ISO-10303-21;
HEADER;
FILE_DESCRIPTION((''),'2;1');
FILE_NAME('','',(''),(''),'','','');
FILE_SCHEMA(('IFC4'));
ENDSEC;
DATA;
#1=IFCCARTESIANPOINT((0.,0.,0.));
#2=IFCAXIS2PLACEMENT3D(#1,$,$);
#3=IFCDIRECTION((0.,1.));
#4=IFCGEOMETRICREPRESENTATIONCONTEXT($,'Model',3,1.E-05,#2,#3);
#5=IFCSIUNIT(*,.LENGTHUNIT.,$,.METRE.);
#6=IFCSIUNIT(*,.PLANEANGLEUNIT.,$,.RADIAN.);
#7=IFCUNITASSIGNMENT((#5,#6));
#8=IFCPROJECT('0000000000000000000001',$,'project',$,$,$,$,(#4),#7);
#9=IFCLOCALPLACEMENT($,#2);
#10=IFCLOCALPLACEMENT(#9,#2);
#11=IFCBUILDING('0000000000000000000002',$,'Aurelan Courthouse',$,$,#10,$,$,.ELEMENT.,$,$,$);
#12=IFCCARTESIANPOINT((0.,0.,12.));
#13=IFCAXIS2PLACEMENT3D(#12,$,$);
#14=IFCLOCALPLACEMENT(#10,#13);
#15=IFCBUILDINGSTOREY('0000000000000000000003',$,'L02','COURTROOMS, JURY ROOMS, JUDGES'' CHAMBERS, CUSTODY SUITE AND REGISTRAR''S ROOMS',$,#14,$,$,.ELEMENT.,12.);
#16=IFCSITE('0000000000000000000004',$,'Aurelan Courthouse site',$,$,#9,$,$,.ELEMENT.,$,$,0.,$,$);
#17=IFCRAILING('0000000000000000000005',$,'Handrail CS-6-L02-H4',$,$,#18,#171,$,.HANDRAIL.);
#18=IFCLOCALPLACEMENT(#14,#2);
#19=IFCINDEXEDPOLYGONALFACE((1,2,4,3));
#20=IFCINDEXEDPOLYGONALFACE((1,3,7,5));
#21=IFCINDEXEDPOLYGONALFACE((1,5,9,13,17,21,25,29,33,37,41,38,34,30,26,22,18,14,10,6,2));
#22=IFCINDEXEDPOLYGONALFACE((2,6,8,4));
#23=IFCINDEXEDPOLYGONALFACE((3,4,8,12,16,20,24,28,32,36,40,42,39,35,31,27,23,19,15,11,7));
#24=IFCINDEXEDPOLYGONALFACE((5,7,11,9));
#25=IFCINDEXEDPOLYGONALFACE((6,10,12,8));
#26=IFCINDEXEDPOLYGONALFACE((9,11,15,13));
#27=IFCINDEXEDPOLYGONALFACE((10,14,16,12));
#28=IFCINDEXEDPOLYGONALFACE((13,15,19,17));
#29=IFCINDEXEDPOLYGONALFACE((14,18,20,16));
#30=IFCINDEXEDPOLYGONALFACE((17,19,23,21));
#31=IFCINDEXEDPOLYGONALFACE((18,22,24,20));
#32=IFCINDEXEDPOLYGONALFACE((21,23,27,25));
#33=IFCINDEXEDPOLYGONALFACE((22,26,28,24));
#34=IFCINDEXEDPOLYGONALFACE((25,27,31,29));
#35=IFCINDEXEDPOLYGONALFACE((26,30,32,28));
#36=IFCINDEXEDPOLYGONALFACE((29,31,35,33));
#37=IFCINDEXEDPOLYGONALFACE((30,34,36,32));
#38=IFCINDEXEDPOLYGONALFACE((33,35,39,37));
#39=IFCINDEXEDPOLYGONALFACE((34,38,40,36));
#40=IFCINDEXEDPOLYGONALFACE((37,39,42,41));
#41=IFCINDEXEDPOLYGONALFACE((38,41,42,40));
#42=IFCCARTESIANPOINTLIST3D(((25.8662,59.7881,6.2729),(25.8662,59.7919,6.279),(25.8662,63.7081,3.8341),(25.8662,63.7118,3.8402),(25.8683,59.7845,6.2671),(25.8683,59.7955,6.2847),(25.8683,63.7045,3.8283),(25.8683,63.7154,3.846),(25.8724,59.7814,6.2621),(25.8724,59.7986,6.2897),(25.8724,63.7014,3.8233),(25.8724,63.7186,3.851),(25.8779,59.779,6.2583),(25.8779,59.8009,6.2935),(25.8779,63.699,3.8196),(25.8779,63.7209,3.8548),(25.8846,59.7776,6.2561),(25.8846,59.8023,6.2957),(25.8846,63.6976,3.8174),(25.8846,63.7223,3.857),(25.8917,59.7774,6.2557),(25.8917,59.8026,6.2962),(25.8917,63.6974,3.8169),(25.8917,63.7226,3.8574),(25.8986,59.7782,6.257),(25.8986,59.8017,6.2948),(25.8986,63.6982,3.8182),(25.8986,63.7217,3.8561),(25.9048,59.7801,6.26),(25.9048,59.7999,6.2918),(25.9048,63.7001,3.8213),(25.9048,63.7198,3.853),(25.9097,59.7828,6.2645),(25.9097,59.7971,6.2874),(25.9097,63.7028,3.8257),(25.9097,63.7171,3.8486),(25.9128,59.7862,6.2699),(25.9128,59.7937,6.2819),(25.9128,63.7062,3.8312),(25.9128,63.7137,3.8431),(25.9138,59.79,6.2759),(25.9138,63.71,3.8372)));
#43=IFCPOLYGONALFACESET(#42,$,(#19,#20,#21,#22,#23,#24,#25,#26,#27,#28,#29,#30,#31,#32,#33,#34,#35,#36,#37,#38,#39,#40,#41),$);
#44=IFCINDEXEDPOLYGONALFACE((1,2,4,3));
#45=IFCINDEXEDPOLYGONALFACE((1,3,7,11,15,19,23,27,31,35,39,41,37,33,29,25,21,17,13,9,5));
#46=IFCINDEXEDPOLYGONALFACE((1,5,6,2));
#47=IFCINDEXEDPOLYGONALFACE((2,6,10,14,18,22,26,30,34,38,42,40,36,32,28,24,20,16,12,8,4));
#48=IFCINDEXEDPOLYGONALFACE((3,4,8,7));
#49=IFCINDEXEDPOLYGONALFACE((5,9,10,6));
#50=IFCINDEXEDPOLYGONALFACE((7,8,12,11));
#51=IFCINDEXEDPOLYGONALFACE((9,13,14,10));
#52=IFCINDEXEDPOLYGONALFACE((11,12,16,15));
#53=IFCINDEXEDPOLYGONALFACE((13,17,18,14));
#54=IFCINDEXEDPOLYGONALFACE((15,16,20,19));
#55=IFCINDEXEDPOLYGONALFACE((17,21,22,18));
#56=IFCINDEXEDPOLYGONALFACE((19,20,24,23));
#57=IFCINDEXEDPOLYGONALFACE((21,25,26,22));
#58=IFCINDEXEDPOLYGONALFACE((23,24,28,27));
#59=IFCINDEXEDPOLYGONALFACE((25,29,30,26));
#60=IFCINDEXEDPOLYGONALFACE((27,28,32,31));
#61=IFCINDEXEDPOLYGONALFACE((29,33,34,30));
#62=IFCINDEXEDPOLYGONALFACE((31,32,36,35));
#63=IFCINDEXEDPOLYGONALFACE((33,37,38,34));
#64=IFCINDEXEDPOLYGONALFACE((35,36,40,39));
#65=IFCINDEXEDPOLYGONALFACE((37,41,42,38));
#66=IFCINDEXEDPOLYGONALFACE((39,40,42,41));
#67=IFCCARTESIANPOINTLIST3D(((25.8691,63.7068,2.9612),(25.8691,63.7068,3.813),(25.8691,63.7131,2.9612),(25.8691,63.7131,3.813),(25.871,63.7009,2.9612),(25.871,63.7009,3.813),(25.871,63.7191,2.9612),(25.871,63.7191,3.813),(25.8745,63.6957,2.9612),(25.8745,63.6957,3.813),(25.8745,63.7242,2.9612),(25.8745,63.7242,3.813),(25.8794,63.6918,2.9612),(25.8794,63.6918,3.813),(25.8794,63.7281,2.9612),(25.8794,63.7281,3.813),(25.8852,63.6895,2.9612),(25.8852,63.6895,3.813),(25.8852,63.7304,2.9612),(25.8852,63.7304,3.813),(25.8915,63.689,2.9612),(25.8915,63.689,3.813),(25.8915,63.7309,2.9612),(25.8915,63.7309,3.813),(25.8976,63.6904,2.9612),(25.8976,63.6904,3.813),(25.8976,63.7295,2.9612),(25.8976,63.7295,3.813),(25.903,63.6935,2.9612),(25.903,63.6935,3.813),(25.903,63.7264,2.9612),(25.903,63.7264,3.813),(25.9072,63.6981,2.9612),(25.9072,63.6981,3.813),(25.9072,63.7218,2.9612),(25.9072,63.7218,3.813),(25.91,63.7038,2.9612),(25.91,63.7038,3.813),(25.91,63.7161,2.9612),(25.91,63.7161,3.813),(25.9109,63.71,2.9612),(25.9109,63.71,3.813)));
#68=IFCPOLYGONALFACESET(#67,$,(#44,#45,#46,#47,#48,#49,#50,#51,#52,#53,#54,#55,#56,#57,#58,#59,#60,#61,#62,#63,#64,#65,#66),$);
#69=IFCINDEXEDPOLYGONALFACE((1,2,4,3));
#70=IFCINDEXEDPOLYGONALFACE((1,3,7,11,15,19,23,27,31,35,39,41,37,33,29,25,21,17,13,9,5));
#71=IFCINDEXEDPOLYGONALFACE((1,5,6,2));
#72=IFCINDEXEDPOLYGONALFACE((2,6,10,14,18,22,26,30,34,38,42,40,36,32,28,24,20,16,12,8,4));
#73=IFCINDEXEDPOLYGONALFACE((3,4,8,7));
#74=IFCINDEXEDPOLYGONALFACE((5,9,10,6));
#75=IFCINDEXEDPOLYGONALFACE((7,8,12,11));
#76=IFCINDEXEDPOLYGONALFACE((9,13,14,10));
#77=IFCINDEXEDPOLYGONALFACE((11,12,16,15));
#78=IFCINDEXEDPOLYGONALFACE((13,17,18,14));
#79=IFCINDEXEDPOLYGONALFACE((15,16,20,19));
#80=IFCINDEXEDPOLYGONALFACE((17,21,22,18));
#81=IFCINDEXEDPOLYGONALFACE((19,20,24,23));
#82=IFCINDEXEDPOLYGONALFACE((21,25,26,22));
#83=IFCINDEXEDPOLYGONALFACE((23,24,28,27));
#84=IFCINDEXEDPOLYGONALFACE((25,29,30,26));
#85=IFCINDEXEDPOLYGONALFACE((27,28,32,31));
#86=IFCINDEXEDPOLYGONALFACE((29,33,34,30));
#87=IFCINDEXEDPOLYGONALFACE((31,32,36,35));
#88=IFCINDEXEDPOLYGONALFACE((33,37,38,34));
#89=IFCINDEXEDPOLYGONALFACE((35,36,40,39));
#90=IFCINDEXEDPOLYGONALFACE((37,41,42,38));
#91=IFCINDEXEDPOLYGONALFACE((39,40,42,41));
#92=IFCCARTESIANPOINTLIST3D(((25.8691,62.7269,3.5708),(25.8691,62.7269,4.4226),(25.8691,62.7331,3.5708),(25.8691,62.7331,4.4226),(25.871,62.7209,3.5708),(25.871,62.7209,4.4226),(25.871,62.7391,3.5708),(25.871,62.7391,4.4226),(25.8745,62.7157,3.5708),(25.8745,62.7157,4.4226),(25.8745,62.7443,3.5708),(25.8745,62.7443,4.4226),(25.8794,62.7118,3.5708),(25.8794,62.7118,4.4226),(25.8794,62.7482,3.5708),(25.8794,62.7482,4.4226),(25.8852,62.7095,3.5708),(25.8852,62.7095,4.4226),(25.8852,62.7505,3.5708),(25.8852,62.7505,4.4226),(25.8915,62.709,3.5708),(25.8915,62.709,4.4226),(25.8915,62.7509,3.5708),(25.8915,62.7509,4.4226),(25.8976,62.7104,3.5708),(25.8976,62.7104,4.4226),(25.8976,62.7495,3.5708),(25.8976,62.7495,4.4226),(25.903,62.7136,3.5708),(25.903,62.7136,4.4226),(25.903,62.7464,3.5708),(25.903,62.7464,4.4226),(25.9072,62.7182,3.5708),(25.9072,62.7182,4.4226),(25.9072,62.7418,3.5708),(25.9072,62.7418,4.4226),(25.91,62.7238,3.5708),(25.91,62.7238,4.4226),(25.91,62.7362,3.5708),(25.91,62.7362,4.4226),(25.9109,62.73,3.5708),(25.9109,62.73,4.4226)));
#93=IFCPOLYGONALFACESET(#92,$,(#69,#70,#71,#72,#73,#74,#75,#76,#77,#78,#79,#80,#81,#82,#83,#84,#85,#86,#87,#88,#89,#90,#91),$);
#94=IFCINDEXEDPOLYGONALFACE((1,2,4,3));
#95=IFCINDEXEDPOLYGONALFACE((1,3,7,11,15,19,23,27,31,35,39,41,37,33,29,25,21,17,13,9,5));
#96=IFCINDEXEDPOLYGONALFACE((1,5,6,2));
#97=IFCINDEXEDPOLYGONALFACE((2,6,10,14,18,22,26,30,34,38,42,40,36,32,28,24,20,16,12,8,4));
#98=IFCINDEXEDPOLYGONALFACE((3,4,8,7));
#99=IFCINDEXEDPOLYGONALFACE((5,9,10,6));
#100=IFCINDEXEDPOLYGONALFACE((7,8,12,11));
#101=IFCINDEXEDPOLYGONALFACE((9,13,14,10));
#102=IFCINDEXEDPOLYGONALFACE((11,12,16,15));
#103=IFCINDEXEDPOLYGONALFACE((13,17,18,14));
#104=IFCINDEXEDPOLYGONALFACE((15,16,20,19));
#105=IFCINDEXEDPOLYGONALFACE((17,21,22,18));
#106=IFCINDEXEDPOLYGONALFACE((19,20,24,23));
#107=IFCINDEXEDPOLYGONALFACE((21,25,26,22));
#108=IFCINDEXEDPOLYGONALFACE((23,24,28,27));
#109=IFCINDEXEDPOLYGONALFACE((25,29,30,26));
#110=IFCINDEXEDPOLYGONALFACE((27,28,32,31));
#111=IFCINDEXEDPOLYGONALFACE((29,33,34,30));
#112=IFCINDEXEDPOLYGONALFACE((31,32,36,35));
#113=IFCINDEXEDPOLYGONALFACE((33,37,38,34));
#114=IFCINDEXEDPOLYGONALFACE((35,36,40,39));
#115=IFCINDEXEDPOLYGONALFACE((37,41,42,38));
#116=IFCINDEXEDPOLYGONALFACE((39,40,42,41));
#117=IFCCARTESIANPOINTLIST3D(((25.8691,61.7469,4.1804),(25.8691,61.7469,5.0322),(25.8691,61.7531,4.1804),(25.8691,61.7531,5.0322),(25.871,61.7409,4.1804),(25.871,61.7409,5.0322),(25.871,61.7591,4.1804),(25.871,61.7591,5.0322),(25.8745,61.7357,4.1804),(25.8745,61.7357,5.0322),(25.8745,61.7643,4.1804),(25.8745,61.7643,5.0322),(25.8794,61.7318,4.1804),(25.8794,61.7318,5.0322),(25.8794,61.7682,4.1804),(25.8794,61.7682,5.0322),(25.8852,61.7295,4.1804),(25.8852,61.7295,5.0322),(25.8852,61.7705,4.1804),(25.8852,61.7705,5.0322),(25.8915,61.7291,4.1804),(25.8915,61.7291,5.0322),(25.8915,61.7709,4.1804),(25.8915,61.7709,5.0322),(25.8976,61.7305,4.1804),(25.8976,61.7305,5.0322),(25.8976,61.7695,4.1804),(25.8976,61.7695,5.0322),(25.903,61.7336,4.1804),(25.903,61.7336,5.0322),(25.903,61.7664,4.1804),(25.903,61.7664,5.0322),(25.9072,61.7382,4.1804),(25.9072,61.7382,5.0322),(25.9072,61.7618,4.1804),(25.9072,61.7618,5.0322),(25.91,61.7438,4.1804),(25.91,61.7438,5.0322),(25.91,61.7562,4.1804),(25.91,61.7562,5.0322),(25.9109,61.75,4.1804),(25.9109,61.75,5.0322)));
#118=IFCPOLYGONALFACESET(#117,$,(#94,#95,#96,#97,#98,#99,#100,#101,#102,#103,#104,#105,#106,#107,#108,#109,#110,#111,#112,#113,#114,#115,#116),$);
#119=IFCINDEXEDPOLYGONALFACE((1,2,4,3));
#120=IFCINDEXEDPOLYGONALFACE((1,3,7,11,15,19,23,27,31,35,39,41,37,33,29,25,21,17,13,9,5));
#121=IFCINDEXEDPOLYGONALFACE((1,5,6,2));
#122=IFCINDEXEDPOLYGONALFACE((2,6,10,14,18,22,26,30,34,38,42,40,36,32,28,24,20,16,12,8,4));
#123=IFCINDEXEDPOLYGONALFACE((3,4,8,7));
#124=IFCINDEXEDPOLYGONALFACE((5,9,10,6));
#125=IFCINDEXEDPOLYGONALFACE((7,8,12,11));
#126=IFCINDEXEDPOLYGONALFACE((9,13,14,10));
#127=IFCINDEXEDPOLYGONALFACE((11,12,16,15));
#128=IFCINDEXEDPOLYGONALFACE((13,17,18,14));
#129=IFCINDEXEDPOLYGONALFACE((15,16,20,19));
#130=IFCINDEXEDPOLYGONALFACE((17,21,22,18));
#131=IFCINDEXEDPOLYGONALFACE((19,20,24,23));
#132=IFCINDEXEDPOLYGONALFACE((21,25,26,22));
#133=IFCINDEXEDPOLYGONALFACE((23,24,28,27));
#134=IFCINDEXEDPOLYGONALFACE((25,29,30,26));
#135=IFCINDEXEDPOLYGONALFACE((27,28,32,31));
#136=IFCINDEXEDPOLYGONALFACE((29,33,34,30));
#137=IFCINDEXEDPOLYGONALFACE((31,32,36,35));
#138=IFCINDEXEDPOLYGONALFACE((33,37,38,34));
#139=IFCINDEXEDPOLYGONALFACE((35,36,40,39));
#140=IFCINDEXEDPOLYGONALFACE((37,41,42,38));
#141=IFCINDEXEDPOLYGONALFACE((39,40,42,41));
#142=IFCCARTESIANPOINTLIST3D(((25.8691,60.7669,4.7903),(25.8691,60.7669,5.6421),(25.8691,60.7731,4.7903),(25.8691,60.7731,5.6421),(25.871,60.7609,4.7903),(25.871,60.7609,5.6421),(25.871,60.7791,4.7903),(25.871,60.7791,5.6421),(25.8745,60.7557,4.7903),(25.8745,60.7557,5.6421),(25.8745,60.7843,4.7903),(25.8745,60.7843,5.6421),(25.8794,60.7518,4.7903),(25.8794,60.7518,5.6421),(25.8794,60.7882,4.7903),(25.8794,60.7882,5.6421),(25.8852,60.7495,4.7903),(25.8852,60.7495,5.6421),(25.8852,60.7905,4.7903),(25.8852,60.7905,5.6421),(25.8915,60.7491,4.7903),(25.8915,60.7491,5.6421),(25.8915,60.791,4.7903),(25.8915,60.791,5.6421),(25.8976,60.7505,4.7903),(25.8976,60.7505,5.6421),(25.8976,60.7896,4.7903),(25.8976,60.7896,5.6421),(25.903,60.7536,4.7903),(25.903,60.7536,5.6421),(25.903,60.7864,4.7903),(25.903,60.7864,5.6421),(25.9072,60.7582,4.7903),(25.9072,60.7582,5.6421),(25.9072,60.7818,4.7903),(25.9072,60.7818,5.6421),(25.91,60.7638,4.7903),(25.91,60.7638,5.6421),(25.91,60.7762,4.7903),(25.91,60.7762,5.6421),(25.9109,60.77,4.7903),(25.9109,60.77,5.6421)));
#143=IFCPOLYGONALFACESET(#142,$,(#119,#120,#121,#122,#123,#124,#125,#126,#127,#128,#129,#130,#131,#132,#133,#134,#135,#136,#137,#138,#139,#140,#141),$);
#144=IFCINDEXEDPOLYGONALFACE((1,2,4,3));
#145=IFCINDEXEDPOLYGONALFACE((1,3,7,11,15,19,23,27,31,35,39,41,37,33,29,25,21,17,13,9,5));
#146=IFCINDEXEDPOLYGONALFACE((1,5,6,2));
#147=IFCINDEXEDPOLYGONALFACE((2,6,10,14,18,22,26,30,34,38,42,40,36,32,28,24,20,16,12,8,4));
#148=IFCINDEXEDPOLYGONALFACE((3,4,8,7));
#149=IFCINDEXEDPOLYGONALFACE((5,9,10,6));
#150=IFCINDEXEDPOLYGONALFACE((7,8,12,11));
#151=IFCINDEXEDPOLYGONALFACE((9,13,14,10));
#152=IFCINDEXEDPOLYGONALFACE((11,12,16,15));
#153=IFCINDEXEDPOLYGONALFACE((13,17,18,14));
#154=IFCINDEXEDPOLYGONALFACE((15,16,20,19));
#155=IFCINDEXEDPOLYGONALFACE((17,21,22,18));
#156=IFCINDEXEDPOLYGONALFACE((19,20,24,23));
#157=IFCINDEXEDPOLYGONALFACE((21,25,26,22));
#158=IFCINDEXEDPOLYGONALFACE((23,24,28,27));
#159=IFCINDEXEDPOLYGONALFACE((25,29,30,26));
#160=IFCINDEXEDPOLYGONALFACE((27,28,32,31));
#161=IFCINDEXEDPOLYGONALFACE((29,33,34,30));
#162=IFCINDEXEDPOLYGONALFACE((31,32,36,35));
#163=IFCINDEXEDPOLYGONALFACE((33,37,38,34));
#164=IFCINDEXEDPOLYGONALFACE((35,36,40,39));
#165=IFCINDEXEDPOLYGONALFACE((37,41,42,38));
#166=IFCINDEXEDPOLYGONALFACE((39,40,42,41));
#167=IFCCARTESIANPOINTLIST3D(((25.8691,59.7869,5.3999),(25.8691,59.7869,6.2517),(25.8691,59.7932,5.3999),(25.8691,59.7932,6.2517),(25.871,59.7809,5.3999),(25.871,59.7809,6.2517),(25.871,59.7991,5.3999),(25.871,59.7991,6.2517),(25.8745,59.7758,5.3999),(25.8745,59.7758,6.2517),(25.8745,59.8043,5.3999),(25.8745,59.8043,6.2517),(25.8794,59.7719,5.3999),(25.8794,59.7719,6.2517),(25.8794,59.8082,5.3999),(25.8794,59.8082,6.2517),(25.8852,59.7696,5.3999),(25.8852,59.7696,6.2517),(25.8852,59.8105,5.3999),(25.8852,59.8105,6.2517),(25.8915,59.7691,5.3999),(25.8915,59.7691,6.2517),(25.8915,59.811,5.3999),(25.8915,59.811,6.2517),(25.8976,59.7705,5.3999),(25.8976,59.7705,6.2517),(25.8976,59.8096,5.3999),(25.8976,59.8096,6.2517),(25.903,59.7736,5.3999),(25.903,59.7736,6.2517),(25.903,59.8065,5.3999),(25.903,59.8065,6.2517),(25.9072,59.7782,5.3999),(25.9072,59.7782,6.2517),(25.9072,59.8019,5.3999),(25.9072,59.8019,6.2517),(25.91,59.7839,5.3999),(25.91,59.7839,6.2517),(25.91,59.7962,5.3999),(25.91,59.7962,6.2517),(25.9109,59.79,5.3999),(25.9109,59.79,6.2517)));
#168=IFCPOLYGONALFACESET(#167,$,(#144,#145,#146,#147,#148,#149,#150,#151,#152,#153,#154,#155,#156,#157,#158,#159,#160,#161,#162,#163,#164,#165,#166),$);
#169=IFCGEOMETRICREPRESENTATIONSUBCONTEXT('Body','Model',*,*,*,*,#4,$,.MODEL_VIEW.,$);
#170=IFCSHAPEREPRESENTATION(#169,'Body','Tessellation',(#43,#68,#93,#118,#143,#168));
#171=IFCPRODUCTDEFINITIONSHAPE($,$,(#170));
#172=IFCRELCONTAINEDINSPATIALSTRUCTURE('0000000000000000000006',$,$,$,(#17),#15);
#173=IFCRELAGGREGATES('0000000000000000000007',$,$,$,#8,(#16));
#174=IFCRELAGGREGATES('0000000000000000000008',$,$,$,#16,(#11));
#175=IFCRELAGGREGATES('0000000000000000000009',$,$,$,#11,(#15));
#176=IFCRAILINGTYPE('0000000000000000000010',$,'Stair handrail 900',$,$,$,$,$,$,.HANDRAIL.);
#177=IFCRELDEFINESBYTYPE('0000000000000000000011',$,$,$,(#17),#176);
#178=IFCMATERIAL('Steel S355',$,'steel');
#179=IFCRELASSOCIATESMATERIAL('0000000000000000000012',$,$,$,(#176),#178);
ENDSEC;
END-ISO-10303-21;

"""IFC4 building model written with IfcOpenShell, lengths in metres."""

from ifc_helpers import new_model, si_unit, direction, frame, origin, origin_2d, place, context, subcontext, project, spatial, circle, extrude, material, type_object, element, save


model = new_model("IFC4")

# Units and contexts
model_context = context("Model", 3, precision=1e-05, world=origin(), true_north=direction((0.0, 1.0)))
body_context = subcontext(model_context, "Body", "Model", "MODEL_VIEW")
ifc_project = project(units=[si_unit("LENGTHUNIT", "METRE"), si_unit("PLANEANGLEUNIT", "RADIAN")], contexts=[model_context])

# Site, building, storey
site_placement = place(None, origin())
site = spatial("IfcSite", under=ifc_project, at=site_placement, Name="Aurelan Courthouse site", CompositionType="ELEMENT", RefElevation=0.0)
building_placement = place(site_placement, origin())
building = spatial("IfcBuilding", under=site, at=building_placement, Name="Aurelan Courthouse", CompositionType="ELEMENT")
storey_placement = place(building_placement, frame((0.0, 0.0, 12.0)))
storey = spatial("IfcBuildingStorey", under=building, at=storey_placement, Name="L02", Description="COURTROOMS, JURY ROOMS, JUDGES' CHAMBERS, CUSTODY SUITE AND REGISTRAR'S ROOMS", CompositionType="ELEMENT", Elevation=12.0)

# Railing
ifc_material_1 = material(Name="Steel S355", Category="steel")
railing_type_1 = type_object("IfcRailingType", Name="Stair handrail 900", PredefinedType="HANDRAIL", material=ifc_material_1)
railing_1_placement = place(storey_placement, frame((25.8899, 63.71, 2.9612)))
element("IfcRailing", 1, at=railing_1_placement, inside=storey, type_object=railing_type_1, Name="Handrail CS-6-L02-H4", PredefinedType="HANDRAIL", context=body_context, shape_type="SweptSolid", body=[
    extrude(circle(Radius=0.0239, at=origin_2d()), frame((0.0, 0.0, 0.876), z_axis=(0.0, -0.84909, 0.528249), x_axis=(1.0, 0.0, 0.0)), (0.0, 0.0, 1.0), 4.6167),
    extrude(circle(Radius=0.021, at=origin_2d()), origin(), (0.0, 0.0, 1.0), 0.8518),
    extrude(circle(Radius=0.021, at=origin_2d()), frame((0.0, -0.98, 0.6096)), (0.0, 0.0, 1.0), 0.8518),
    extrude(circle(Radius=0.021, at=origin_2d()), frame((0.0, -1.96, 1.2192)), (0.0, 0.0, 1.0), 0.8518),
    extrude(circle(Radius=0.021, at=origin_2d()), frame((0.0, -2.9399, 1.8291)), (0.0, 0.0, 1.0), 0.8518),
    extrude(circle(Radius=0.021, at=origin_2d()), frame((0.0, -3.9199, 2.4387)), (0.0, 0.0, 1.0), 0.8518),
])

save(model, "model.ifc")
